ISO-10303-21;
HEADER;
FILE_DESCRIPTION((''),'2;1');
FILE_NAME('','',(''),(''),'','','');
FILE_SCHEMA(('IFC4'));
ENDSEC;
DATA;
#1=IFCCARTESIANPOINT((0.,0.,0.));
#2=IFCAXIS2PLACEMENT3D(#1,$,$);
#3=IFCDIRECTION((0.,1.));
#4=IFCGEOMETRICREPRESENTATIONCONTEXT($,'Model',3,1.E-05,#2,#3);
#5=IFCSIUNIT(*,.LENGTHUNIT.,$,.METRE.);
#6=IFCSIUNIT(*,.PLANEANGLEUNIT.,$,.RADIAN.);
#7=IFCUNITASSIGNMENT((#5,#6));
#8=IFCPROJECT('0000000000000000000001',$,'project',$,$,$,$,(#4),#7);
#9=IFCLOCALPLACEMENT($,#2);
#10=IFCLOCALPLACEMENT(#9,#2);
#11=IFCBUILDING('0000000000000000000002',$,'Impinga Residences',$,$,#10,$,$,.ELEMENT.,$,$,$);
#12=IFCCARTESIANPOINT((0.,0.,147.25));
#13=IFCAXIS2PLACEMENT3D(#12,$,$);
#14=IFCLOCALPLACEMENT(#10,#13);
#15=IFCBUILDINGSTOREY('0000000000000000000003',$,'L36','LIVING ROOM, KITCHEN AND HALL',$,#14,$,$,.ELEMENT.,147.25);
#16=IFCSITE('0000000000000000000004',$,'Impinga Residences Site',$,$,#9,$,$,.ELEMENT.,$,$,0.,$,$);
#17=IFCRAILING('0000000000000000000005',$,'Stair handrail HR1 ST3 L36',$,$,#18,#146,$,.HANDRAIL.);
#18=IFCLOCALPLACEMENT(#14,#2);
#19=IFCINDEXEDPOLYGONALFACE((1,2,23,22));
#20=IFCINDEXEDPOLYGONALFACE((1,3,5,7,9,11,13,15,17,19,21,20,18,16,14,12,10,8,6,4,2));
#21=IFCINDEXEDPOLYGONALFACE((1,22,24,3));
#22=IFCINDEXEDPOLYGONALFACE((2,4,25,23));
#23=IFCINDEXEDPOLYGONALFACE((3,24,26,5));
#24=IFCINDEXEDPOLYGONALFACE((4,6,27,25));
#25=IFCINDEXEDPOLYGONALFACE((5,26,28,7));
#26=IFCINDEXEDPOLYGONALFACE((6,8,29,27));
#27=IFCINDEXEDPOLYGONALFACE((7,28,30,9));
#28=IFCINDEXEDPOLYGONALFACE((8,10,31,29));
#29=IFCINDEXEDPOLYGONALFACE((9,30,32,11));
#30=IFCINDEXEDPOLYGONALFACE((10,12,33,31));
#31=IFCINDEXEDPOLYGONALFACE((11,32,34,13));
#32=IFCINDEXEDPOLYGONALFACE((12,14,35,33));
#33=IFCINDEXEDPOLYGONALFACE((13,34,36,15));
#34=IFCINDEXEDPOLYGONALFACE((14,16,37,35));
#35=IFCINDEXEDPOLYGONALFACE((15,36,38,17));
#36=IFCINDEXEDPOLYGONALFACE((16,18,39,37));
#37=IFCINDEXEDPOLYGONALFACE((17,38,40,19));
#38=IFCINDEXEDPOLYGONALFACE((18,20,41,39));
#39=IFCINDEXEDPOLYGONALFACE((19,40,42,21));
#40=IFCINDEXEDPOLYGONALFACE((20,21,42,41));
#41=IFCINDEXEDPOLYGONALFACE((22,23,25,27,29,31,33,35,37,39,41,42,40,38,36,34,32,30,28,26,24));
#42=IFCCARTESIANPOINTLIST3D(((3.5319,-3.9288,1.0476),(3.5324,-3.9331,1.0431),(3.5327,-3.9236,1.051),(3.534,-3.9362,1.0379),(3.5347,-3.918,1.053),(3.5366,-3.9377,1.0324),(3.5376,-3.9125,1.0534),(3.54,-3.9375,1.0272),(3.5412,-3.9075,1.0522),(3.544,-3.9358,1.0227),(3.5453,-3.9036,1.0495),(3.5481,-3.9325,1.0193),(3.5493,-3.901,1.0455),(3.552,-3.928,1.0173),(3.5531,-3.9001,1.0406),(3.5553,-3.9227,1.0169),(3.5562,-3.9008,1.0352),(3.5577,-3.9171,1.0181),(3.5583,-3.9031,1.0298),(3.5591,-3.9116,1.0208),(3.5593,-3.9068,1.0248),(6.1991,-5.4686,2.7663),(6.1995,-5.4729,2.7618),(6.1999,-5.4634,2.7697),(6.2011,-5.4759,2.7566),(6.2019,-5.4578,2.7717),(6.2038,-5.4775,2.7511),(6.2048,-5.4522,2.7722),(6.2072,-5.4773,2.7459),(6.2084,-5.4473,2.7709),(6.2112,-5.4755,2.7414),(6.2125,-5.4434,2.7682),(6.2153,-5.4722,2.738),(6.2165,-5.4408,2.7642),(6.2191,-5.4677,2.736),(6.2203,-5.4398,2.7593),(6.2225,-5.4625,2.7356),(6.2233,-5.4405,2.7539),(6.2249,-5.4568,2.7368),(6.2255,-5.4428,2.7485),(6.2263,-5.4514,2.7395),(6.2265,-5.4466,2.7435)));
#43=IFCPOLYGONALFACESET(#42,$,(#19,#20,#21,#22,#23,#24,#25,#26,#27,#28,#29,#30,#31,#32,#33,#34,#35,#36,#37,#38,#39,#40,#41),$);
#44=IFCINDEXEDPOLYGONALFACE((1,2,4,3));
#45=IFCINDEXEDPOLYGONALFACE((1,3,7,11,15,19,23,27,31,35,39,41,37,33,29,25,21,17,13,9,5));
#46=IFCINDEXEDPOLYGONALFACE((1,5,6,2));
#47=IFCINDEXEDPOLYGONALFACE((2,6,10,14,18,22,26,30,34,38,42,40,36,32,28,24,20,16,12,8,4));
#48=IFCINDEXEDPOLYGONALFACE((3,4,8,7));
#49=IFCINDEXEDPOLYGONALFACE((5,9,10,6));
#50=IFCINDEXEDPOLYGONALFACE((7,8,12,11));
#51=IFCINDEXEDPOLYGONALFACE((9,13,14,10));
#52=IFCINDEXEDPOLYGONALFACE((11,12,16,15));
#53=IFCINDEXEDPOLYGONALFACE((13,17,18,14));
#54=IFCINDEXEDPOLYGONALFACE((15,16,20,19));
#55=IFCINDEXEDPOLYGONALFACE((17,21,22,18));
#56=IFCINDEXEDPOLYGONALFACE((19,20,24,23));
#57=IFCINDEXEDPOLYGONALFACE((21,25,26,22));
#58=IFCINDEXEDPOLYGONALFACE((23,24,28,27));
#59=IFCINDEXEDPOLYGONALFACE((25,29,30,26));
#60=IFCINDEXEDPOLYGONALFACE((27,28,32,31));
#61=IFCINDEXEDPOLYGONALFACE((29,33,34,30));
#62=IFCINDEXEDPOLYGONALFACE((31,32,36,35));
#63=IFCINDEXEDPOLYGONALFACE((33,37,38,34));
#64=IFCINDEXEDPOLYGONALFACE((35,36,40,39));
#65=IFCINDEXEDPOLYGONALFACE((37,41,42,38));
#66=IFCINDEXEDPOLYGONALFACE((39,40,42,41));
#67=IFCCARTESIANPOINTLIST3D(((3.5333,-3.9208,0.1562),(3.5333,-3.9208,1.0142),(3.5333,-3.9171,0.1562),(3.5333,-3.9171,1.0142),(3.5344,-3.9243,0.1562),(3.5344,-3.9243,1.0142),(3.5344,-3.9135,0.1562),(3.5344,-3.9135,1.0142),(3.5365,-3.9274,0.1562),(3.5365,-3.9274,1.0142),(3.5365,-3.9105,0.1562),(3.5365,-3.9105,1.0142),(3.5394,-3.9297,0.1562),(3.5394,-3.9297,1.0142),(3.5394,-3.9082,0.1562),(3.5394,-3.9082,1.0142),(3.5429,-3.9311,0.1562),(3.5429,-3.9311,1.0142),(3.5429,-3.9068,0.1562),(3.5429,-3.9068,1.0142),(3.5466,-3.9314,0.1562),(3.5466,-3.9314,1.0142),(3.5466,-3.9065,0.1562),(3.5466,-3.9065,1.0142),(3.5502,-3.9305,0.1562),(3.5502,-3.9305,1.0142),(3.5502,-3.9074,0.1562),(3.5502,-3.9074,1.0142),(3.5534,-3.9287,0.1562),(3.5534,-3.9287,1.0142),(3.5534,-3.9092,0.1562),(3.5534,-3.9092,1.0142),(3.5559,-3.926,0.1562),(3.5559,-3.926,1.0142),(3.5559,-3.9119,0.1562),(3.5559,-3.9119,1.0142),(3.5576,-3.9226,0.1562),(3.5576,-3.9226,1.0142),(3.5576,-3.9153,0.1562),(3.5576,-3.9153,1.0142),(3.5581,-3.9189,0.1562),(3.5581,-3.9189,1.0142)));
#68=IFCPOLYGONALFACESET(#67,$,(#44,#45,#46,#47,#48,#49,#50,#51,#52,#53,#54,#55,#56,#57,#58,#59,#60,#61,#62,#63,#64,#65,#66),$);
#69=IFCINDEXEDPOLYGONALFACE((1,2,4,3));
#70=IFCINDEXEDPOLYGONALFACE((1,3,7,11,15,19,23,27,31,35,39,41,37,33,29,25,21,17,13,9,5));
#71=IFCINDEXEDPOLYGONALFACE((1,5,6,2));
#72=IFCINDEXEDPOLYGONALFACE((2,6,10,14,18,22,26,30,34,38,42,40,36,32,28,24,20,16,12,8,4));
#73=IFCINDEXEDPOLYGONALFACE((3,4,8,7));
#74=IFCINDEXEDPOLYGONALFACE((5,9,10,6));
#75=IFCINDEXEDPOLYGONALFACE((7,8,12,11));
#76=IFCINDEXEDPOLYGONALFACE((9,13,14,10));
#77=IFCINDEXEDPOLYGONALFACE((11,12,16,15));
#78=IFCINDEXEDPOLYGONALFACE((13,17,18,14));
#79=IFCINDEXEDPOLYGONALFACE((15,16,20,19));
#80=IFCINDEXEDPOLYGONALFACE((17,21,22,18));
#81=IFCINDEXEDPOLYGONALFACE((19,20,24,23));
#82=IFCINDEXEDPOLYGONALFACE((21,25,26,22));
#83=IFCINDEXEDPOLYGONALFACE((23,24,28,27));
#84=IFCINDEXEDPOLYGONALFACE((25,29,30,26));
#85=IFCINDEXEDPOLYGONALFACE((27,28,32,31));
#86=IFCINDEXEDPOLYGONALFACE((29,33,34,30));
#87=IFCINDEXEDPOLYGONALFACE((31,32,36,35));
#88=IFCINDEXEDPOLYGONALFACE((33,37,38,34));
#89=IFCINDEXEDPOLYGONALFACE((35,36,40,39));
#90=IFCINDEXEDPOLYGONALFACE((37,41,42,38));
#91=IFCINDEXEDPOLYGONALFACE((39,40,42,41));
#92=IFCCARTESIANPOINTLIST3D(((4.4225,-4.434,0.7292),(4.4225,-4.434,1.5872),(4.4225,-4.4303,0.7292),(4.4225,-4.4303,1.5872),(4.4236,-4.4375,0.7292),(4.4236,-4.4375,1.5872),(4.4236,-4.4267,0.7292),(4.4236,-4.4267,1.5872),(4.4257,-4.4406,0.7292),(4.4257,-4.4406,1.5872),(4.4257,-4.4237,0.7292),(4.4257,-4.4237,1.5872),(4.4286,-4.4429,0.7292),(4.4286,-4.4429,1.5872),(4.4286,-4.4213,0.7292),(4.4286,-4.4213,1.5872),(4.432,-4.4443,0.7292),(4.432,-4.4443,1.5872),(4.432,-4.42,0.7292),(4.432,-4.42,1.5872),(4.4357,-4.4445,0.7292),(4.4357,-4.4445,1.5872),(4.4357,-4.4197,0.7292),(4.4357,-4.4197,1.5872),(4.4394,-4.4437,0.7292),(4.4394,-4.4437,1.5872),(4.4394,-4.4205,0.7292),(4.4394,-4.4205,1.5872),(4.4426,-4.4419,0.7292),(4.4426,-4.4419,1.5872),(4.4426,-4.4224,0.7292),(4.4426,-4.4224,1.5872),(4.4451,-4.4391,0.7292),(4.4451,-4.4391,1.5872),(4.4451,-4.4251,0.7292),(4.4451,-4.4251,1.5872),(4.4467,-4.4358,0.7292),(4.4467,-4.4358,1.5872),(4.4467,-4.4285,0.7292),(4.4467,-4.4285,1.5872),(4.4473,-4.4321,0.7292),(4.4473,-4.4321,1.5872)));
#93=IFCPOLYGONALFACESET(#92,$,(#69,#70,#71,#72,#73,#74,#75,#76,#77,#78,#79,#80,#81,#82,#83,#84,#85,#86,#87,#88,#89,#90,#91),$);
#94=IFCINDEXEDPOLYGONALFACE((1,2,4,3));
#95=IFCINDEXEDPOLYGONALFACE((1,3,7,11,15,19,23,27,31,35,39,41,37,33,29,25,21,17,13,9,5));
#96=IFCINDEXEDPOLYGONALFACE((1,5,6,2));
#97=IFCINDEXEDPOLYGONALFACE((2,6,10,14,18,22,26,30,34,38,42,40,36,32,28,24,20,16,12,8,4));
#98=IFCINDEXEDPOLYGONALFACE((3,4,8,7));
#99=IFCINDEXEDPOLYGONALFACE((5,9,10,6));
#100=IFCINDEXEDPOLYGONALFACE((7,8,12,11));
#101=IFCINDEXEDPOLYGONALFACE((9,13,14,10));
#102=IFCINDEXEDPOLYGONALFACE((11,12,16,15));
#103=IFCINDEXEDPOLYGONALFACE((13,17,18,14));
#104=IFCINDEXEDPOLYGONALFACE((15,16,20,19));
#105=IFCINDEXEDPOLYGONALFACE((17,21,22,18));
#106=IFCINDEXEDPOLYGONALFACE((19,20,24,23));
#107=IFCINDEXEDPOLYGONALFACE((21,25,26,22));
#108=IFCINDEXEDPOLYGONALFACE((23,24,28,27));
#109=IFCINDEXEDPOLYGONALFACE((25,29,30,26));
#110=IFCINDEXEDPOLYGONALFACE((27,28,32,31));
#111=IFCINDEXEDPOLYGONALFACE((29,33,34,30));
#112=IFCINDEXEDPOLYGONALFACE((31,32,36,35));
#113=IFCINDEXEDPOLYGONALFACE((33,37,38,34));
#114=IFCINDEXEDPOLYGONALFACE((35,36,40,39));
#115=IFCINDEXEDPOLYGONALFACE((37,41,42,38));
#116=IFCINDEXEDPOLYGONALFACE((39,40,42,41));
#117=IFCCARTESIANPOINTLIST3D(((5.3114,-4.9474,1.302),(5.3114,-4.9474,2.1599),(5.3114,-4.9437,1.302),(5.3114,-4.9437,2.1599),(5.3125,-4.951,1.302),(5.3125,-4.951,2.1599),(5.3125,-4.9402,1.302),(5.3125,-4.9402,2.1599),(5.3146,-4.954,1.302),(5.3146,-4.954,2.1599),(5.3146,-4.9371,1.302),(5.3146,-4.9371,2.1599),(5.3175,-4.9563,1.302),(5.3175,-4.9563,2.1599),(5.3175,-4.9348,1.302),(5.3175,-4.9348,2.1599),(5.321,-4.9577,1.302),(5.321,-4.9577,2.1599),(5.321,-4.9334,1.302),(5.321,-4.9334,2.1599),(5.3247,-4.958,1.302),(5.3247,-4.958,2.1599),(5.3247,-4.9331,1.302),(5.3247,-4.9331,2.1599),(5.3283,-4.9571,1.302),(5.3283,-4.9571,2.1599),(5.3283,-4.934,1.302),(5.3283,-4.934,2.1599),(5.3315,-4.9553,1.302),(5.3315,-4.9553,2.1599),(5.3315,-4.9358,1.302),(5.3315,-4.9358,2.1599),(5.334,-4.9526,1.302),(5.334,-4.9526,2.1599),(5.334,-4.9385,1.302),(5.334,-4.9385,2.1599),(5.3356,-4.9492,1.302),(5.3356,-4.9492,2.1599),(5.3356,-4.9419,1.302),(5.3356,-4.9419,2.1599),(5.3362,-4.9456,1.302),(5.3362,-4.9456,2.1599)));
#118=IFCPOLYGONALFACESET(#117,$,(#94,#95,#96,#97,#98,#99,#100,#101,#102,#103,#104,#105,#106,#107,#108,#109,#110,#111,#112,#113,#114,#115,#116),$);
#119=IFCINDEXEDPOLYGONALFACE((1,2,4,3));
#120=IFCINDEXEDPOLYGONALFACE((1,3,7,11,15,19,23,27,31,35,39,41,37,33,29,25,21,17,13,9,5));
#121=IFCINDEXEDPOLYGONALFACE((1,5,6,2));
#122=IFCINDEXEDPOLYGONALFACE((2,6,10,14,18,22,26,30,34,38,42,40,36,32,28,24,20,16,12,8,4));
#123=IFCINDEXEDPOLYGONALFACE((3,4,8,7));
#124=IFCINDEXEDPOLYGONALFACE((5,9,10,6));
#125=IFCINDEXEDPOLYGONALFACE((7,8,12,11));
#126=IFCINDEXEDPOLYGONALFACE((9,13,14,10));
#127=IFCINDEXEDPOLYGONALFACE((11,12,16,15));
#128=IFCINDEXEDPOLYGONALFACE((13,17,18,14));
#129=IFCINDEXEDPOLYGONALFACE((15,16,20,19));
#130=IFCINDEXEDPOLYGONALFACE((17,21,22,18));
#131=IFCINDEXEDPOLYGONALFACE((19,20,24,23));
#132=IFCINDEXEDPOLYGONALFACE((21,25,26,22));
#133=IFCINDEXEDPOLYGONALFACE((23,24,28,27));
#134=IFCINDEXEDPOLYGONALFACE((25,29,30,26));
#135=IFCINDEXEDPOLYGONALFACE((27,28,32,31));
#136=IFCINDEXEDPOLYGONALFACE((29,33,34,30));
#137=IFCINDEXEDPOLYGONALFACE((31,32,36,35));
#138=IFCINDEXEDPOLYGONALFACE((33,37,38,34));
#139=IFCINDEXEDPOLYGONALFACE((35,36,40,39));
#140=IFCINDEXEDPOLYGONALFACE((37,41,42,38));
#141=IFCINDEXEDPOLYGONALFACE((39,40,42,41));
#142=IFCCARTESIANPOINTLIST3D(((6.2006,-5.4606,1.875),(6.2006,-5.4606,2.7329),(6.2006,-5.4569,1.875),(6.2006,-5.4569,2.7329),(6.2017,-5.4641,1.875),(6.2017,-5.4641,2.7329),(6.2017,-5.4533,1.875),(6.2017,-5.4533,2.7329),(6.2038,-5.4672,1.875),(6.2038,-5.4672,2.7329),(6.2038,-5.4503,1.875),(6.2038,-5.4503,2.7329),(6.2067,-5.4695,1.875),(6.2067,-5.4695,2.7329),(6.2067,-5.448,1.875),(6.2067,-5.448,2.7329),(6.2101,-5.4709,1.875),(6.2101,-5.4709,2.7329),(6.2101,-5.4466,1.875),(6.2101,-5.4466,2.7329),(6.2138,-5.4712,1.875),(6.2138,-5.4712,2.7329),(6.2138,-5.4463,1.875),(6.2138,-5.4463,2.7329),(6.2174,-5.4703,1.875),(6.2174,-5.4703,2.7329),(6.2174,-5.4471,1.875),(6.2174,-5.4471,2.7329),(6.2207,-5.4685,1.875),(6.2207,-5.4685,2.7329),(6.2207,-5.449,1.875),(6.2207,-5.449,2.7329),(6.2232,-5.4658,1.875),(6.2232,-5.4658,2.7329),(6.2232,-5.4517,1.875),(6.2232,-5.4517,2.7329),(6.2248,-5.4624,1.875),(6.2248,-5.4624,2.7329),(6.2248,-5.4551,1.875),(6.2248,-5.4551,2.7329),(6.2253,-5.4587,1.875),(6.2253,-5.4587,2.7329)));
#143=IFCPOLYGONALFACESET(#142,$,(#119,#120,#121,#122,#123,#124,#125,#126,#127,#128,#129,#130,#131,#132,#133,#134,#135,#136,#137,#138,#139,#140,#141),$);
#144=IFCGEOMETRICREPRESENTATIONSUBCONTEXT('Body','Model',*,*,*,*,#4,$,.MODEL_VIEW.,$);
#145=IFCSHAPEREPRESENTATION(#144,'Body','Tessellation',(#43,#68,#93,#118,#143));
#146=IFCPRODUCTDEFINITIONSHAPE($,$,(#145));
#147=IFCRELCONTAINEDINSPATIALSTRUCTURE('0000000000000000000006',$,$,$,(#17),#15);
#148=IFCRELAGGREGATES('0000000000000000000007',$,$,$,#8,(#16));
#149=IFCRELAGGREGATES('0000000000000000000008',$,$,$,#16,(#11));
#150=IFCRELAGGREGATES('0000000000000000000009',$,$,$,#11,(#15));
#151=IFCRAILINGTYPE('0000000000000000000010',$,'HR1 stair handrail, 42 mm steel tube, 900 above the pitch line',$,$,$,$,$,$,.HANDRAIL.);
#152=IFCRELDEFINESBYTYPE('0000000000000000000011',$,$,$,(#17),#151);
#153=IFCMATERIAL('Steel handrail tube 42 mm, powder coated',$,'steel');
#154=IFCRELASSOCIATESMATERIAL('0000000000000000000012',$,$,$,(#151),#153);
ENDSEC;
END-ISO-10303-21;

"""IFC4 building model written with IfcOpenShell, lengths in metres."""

from ifc_helpers import new_model, si_unit, direction, frame, origin, origin_2d, place, context, subcontext, project, spatial, circle, extrude, material, type_object, element, save


model = new_model("IFC4")

# Units and contexts
model_context = context("Model", 3, precision=1e-05, world=origin(), true_north=direction((0.0, 1.0)))
body_context = subcontext(model_context, "Body", "Model", "MODEL_VIEW")
ifc_project = project(units=[si_unit("LENGTHUNIT", "METRE"), si_unit("PLANEANGLEUNIT", "RADIAN")], contexts=[model_context])

# Site, building, storey
site_placement = place(None, origin())
site = spatial("IfcSite", under=ifc_project, at=site_placement, Name="Impinga Residences Site", CompositionType="ELEMENT", RefElevation=0.0)
building_placement = place(site_placement, origin())
building = spatial("IfcBuilding", under=site, at=building_placement, Name="Impinga Residences", CompositionType="ELEMENT")
storey_placement = place(building_placement, frame((0.0, 0.0, 147.25)))
storey = spatial("IfcBuildingStorey", under=building, at=storey_placement, Name="L36", Description="LIVING ROOM, KITCHEN AND HALL", CompositionType="ELEMENT", Elevation=147.25)

# Railing
ifc_material_1 = material(Name="Steel handrail tube 42 mm, powder coated", Category="steel")
railing_type_1 = type_object("IfcRailingType", Name="HR1 stair handrail, 42 mm steel tube, 900 above the pitch line", PredefinedType="HANDRAIL", material=ifc_material_1)
railing_1_placement = place(storey_placement, frame((3.5457, -3.9189, 0.1562)))
element("IfcRailing", 1, at=railing_1_placement, inside=storey, type_object=railing_type_1, Name="Stair handrail HR1 ST3 L36", PredefinedType="HANDRAIL", context=body_context, shape_type="SweptSolid", body=[
    extrude(circle(Radius=0.021, at=origin_2d()), frame((0.0, 0.0, 0.8789), z_axis=(0.756249, -0.436582, 0.487322), x_axis=(0.499967, 0.866044, 0.0)), (0.0, 0.0, 1.0), 3.5269),
    extrude(circle(Radius=0.0125, at=origin_2d()), origin(), (0.0, 0.0, 1.0), 0.8579),
    extrude(circle(Radius=0.0125, at=origin_2d()), frame((0.8892, -0.5132, 0.573)), (0.0, 0.0, 1.0), 0.8579),
    extrude(circle(Radius=0.0125, at=origin_2d()), frame((1.7781, -1.0266, 1.1458)), (0.0, 0.0, 1.0), 0.8579),
    extrude(circle(Radius=0.0125, at=origin_2d()), frame((2.6672, -1.5398, 1.7188)), (0.0, 0.0, 1.0), 0.8579),
])

save(model, "model.ifc")
